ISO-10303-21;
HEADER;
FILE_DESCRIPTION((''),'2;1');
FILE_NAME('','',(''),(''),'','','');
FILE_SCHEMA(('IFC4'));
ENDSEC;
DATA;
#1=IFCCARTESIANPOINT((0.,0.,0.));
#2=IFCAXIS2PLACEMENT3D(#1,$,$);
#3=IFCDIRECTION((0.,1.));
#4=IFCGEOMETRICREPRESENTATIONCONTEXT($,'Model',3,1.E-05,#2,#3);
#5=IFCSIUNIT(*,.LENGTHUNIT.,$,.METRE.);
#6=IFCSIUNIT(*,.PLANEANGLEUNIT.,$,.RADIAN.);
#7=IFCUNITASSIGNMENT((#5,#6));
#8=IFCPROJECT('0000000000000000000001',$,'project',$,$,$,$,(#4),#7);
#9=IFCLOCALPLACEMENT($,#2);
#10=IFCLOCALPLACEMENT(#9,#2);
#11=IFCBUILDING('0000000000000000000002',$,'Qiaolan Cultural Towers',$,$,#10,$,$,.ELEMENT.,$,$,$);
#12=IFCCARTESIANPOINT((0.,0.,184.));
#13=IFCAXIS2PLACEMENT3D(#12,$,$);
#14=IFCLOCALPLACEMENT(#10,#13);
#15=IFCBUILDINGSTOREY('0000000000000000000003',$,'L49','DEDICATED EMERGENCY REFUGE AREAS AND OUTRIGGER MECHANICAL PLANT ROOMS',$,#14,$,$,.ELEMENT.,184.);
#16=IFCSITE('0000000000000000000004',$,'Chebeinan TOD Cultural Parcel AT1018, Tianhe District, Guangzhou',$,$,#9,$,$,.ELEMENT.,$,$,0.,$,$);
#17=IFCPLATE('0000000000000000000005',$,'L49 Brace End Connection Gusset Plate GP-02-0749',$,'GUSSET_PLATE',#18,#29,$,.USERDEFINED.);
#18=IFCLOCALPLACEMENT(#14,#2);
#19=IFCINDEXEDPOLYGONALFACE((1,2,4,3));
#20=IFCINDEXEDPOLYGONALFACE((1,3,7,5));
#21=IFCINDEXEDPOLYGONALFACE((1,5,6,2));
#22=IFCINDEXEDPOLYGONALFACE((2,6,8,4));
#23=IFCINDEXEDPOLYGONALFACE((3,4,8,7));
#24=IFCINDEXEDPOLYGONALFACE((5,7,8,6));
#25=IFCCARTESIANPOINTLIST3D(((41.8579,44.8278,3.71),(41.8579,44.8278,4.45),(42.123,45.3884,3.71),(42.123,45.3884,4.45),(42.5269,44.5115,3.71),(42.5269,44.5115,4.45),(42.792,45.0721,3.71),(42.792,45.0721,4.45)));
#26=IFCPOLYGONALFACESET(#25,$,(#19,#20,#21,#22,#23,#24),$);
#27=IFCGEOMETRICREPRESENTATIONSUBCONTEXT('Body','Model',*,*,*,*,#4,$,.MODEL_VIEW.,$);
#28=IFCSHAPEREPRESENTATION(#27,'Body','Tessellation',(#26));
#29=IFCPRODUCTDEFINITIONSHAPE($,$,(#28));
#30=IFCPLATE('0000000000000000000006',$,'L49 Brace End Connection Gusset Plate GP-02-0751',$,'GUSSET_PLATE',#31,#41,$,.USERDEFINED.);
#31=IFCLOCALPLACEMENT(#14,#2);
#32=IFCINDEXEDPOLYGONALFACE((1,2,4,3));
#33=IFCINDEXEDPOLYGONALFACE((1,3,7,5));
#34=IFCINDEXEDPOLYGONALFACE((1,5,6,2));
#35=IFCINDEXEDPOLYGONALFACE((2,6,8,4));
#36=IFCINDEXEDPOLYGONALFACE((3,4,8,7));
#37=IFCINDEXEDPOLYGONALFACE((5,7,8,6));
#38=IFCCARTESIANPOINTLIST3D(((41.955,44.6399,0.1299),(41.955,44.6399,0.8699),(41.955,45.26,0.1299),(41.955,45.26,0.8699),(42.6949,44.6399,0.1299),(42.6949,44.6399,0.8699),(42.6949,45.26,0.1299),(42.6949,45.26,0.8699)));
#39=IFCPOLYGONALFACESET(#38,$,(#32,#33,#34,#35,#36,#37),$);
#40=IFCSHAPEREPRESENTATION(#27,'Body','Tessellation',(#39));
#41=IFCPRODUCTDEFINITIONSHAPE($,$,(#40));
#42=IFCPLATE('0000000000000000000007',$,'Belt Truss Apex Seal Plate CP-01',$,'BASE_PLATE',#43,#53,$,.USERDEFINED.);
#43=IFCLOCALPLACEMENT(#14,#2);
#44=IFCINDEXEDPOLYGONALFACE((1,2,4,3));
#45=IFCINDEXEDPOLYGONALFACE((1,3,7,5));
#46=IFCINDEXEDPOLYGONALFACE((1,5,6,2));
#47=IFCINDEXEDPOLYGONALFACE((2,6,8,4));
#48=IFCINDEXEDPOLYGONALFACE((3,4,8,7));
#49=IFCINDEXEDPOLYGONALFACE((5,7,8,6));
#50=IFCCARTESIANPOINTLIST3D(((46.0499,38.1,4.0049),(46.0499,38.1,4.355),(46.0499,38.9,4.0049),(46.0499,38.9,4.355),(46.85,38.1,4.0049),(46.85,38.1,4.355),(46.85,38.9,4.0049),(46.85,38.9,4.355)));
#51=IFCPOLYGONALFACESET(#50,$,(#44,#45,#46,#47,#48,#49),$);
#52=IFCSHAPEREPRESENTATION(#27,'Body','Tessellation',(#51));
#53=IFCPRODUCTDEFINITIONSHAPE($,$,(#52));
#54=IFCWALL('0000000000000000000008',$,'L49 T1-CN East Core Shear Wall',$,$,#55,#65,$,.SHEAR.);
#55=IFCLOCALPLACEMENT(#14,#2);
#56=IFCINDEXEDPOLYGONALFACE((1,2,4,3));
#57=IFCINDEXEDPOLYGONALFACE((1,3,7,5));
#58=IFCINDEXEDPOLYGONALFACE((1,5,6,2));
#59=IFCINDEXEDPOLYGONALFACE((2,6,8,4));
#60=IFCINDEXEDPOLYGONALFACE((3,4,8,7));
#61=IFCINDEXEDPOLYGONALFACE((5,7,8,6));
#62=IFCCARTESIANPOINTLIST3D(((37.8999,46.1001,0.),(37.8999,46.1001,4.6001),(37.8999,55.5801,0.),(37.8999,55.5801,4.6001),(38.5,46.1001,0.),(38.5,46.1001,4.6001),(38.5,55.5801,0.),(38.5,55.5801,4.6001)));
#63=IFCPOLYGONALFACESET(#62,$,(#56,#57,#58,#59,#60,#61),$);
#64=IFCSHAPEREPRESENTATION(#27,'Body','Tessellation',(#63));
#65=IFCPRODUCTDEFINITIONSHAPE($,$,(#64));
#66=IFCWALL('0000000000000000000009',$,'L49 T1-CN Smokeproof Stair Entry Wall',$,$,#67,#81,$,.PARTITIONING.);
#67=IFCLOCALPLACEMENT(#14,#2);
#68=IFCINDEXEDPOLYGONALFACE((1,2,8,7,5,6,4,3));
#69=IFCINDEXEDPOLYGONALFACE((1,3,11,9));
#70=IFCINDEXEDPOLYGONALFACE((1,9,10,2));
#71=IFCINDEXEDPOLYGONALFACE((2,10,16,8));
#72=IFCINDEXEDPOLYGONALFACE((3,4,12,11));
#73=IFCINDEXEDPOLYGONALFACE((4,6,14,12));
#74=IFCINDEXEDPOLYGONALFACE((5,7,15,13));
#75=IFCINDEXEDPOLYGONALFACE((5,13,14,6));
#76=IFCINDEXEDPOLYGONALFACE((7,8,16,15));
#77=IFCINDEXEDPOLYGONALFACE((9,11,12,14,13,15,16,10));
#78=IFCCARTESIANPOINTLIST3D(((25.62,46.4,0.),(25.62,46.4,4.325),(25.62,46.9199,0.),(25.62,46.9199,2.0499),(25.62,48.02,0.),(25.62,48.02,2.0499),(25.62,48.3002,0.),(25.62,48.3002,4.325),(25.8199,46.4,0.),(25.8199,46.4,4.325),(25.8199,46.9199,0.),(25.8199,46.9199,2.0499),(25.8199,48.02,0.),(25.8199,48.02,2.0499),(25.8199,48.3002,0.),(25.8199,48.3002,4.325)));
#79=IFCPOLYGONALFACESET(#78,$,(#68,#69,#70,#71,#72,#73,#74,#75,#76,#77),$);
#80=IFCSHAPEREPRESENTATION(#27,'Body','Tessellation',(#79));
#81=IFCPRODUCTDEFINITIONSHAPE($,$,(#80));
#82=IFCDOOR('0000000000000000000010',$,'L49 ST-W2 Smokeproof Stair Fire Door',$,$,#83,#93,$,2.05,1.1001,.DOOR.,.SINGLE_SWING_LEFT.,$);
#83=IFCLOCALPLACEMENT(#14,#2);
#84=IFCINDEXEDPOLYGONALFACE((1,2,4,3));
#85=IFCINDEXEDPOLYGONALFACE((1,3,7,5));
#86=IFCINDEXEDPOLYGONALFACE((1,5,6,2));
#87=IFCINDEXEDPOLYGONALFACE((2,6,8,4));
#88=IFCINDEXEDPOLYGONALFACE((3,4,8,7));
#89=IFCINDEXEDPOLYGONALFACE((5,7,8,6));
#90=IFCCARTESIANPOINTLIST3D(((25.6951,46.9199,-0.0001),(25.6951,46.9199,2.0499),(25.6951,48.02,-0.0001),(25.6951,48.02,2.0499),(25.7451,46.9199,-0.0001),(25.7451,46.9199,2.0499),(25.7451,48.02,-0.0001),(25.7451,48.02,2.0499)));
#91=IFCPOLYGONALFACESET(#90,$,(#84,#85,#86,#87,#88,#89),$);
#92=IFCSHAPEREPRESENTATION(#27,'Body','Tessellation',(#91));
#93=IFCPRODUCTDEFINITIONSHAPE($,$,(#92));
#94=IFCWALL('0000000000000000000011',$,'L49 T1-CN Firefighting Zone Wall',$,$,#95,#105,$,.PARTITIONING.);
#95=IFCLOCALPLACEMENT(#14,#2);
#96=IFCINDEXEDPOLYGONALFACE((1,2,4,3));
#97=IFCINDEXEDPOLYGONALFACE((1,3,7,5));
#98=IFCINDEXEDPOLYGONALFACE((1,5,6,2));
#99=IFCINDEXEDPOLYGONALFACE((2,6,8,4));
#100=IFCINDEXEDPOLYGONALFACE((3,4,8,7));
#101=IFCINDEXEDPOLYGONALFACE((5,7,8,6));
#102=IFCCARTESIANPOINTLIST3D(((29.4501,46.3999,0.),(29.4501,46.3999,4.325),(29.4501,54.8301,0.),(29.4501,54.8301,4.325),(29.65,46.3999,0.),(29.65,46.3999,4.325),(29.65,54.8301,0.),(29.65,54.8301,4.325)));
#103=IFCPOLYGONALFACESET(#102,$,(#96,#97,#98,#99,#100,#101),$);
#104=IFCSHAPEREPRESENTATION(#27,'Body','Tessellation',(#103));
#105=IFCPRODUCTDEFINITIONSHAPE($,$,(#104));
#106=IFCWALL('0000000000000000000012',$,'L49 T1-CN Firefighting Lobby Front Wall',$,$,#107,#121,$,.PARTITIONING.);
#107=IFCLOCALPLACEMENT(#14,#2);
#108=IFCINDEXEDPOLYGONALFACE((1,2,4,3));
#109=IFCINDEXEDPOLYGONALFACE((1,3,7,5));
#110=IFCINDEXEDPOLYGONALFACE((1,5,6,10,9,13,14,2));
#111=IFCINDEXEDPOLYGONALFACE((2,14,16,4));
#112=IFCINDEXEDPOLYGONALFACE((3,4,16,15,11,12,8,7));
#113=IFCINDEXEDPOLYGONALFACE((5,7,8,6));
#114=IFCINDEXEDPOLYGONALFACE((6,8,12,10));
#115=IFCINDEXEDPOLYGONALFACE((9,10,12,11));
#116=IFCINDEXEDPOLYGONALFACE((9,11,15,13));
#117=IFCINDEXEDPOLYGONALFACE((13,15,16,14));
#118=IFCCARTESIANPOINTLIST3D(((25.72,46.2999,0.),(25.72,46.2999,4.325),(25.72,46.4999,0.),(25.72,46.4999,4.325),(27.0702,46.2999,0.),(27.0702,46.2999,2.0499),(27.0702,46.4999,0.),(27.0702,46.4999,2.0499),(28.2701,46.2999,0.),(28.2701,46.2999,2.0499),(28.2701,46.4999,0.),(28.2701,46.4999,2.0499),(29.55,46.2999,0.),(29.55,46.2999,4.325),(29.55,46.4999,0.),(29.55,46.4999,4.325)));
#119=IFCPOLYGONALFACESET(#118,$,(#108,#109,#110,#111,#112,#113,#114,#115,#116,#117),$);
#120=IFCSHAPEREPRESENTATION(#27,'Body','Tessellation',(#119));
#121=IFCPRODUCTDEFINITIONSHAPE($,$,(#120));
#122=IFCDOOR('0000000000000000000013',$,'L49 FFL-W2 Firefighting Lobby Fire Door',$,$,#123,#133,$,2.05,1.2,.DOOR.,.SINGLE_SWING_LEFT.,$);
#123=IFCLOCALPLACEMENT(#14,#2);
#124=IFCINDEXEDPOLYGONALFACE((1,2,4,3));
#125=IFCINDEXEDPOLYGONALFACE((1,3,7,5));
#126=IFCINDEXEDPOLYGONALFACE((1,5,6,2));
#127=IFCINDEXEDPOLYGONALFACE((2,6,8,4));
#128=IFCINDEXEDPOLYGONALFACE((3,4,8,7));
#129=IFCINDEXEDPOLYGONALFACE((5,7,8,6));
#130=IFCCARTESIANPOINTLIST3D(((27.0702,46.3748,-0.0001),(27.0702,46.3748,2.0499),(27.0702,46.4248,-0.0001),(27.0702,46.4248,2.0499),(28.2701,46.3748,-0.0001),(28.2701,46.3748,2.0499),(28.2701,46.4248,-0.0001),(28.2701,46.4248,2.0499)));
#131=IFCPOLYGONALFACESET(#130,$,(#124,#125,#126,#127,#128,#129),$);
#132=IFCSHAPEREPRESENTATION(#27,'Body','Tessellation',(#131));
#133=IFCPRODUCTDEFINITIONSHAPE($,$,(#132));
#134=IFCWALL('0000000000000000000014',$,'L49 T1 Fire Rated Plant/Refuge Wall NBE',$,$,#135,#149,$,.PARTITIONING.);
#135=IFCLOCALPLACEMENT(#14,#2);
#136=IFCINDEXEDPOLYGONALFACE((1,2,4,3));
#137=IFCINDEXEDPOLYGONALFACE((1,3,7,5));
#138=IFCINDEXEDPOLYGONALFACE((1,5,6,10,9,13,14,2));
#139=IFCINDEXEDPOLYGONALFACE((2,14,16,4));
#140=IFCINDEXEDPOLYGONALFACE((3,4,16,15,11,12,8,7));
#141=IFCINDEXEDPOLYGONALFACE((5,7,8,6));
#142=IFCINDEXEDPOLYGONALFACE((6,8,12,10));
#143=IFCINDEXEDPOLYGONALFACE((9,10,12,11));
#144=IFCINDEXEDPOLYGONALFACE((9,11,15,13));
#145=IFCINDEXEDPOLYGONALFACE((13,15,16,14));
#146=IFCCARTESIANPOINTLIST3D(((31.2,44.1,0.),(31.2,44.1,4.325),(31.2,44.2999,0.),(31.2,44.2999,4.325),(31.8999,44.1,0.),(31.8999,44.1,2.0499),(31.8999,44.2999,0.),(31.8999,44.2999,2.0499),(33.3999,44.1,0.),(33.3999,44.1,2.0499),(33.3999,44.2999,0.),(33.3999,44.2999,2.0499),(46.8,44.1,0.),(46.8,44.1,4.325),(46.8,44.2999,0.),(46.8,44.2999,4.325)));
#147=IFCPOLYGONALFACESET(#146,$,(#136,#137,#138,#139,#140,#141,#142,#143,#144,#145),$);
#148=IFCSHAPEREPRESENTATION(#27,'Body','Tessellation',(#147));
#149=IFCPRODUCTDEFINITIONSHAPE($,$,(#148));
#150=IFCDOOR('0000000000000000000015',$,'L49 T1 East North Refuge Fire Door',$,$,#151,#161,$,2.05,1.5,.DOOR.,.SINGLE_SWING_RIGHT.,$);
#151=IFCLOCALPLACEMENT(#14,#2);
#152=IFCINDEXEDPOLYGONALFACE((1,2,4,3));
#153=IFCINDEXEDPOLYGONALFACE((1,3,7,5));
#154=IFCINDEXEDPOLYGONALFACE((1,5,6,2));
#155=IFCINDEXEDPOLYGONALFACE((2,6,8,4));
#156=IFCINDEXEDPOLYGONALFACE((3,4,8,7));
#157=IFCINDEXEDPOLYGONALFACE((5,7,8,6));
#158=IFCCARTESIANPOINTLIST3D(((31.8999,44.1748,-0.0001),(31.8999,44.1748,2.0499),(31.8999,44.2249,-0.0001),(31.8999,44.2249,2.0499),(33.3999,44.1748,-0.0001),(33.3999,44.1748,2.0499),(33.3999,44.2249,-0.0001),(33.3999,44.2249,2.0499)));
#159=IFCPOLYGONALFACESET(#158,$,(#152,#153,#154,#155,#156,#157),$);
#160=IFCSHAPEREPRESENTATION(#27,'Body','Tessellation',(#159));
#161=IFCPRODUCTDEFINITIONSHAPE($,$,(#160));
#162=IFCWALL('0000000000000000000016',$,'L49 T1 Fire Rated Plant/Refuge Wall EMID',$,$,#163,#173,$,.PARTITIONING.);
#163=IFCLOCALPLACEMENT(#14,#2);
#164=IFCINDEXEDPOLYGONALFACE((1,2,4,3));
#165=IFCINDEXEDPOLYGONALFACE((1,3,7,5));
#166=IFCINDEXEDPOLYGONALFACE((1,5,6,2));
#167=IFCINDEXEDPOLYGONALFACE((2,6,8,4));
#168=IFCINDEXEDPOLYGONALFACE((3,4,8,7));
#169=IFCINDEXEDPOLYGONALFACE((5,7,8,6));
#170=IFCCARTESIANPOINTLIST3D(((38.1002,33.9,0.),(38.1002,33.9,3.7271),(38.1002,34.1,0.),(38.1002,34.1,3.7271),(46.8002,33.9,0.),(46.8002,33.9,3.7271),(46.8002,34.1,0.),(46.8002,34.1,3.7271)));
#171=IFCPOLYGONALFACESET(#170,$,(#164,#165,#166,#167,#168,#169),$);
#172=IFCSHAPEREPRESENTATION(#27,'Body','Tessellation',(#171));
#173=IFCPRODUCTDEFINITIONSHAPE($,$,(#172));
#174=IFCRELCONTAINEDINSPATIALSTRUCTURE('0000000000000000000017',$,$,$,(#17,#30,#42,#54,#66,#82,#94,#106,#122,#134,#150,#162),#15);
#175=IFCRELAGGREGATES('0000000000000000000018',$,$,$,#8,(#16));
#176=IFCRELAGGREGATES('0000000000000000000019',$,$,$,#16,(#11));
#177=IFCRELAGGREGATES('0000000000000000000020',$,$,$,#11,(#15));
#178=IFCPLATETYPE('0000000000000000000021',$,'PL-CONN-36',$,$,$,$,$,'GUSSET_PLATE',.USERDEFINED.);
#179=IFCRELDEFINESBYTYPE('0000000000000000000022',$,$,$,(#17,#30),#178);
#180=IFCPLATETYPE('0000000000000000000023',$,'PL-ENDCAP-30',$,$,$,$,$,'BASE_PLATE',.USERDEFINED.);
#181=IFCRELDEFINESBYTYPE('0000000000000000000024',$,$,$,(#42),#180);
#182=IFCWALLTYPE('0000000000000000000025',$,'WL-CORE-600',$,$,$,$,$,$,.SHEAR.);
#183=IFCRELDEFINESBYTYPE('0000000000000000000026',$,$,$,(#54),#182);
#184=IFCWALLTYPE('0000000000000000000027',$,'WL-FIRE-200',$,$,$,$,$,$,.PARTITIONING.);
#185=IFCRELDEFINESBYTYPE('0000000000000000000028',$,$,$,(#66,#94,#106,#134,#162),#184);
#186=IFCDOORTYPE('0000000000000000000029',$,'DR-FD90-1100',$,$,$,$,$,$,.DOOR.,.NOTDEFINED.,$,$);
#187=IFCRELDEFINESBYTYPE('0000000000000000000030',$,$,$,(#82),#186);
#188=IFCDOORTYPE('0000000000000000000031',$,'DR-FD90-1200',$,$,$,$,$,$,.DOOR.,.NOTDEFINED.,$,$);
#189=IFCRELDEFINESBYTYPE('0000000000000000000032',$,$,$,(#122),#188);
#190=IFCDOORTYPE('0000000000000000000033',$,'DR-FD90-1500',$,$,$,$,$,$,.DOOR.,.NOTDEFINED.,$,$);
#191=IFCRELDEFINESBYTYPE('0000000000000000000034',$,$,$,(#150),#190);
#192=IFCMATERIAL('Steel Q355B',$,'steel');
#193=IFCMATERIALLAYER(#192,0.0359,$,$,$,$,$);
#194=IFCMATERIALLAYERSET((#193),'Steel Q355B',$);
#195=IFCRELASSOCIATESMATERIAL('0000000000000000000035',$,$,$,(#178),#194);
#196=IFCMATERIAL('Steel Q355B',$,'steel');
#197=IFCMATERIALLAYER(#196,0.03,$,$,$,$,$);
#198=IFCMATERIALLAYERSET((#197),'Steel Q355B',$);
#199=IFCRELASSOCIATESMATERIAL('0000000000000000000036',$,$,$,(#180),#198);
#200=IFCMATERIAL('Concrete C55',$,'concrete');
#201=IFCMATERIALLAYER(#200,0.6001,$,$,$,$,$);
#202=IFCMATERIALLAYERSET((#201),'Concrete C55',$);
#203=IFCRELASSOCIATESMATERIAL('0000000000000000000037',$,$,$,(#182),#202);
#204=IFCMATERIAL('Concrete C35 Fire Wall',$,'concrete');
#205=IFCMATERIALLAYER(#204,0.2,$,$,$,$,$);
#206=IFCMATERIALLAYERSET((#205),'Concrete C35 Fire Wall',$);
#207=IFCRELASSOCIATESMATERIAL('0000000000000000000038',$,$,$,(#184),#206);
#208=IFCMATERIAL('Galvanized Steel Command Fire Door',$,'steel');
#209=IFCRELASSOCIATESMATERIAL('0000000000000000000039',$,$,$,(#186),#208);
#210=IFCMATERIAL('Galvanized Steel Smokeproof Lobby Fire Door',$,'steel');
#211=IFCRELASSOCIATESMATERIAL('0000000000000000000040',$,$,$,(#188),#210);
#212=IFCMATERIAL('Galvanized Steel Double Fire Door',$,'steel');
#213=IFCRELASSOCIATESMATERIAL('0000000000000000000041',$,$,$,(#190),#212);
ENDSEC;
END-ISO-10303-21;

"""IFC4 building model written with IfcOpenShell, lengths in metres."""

from ifc_helpers import new_model, si_unit, direction, frame, frame_2d, origin, origin_2d, place, context, subcontext, project, spatial, rectangle, extrude, material, layer, layer_set, type_object, element, fill, save


model = new_model("IFC4")

# Units and contexts
model_context = context("Model", 3, precision=1e-05, world=origin(), true_north=direction((0.0, 1.0)))
body_context = subcontext(model_context, "Body", "Model", "MODEL_VIEW")
ifc_project = project(units=[si_unit("LENGTHUNIT", "METRE"), si_unit("PLANEANGLEUNIT", "RADIAN")], contexts=[model_context])

# Site, building, storey
site_placement = place(None, origin())
site = spatial("IfcSite", under=ifc_project, at=site_placement, Name="Chebeinan TOD Cultural Parcel AT1018, Tianhe District, Guangzhou", CompositionType="ELEMENT", RefElevation=0.0)
building_placement = place(site_placement, origin())
building = spatial("IfcBuilding", under=site, at=building_placement, Name="Qiaolan Cultural Towers", CompositionType="ELEMENT")
storey_placement = place(building_placement, frame((0.0, 0.0, 184.0)))
storey = spatial("IfcBuildingStorey", under=building, at=storey_placement, Name="L49", Description="DEDICATED EMERGENCY REFUGE AREAS AND OUTRIGGER MECHANICAL PLANT ROOMS", CompositionType="ELEMENT", Elevation=184.0)

# Plates
ifc_material_1 = material(Name="Steel Q355B", Category="steel")
ifc_layer_1 = layer(ifc_material_1, 0.0359)
ifc_layer_set_1 = layer_set([ifc_layer_1], Name="Steel Q355B")
plate_type_1 = type_object("IfcPlateType", Name="PL-CONN-36", ElementType="GUSSET_PLATE", PredefinedType="USERDEFINED", material=ifc_layer_set_1)
for number, where, z_axis, x_axis, name in (
    (1, (42.325, 44.95, 3.71), (0.0, 0.0, 1.0), (-0.904072, 0.42738, 0.0), "L49 Brace End Connection Gusset Plate GP-02-0749"),
    (2, (42.325, 44.95, 0.1299), (0.0, 0.0, 1.0), (1.0, 0.0, 0.0), "L49 Brace End Connection Gusset Plate GP-02-0751"),
):
    element("IfcPlate", number, at=place(storey_placement, frame(where, z_axis=z_axis, x_axis=x_axis)), inside=storey, type_object=plate_type_1, Name=name, ObjectType="GUSSET_PLATE", PredefinedType="USERDEFINED", context=body_context, shape_type="SweptSolid", body=[
        extrude(rectangle(XDim=0.74, YDim=0.6201, at=origin_2d()), origin(), (0.0, 0.0, 1.0), 0.74),
    ])
ifc_material_2 = material(Name="Steel Q355B", Category="steel")
ifc_layer_2 = layer(ifc_material_2, 0.03)
ifc_layer_set_2 = layer_set([ifc_layer_2], Name="Steel Q355B")
plate_type_2 = type_object("IfcPlateType", Name="PL-ENDCAP-30", ElementType="BASE_PLATE", PredefinedType="USERDEFINED", material=ifc_layer_set_2)
plate_placement = place(storey_placement, frame((46.45, 38.5, 4.0049), z_axis=(0.0, 0.0, 1.0), x_axis=(1.0, 0.0, 0.0)))
element("IfcPlate", 3, at=plate_placement, inside=storey, type_object=plate_type_2, Name="Belt Truss Apex Seal Plate CP-01", ObjectType="BASE_PLATE", PredefinedType="USERDEFINED", context=body_context, shape_type="SweptSolid", body=[
    extrude(rectangle(XDim=0.8, YDim=0.8, at=origin_2d()), origin(), (0.0, 0.0, 1.0), 0.3501),
])

# Wall
ifc_material_3 = material(Name="Concrete C55", Category="concrete")
ifc_layer_3 = layer(ifc_material_3, 0.6001)
ifc_layer_set_3 = layer_set([ifc_layer_3], Name="Concrete C55")
wall_type_1 = type_object("IfcWallType", Name="WL-CORE-600", PredefinedType="SHEAR", material=ifc_layer_set_3)
wall_1_placement = place(storey_placement, frame((38.2, 46.1001, 0.0), z_axis=(0.0, 0.0, 1.0), x_axis=(0.0, 1.0, 0.0)))
element("IfcWall", 4, at=wall_1_placement, inside=storey, type_object=wall_type_1, Name="L49 T1-CN East Core Shear Wall", PredefinedType="SHEAR", context=body_context, shape_type="SweptSolid", body=[
    extrude(rectangle(XDim=9.48, YDim=0.6001, at=frame_2d((4.74, 0.0))), origin(), (0.0, 0.0, 1.0), 4.6001),
])

# Wall, opening, door
ifc_material_4 = material(Name="Concrete C35 Fire Wall", Category="concrete")
ifc_layer_4 = layer(ifc_material_4, 0.2)
ifc_layer_set_4 = layer_set([ifc_layer_4], Name="Concrete C35 Fire Wall")
wall_type_2 = type_object("IfcWallType", Name="WL-FIRE-200", PredefinedType="PARTITIONING", material=ifc_layer_set_4)
wall_2_placement = place(storey_placement, frame((25.72, 46.3999, 0.0), z_axis=(0.0, 0.0, 1.0), x_axis=(0.0, 1.0, 0.0)))
wall_2 = element("IfcWall", 5, at=wall_2_placement, inside=storey, type_object=wall_type_2, Name="L49 T1-CN Smokeproof Stair Entry Wall", PredefinedType="PARTITIONING", context=body_context, shape_type="SweptSolid", body=[
    extrude(rectangle(XDim=1.9001, YDim=0.2, at=frame_2d((0.9502, 0.0))), origin(), (0.0, 0.0, 1.0), 4.325),
])
opening_1_placement = place(wall_2_placement, frame((0.52, 0.0, 0.0)))
opening_1 = element("IfcOpeningElement", 6, at=opening_1_placement, cuts=wall_2, PredefinedType="OPENING", context=body_context, shape_type="SweptSolid", body=[
    extrude(rectangle(XDim=1.1001, YDim=2.05, at=frame_2d((0.55, 1.0249))), frame((0.0, 0.1099, 0.0), z_axis=(0.0, -1.0, 0.0), x_axis=(1.0, 0.0, 0.0)), (0.0, 0.0, 1.0), 0.22),
])
ifc_material_5 = material(Name="Galvanized Steel Command Fire Door", Category="steel")
door_type_1 = type_object("IfcDoorType", Name="DR-FD90-1100", OperationType="NOTDEFINED", PredefinedType="DOOR", material=ifc_material_5)
door_1_placement = place(opening_1_placement, origin())
door_1 = element("IfcDoor", 7, at=door_1_placement, inside=storey, type_object=door_type_1, Name="L49 ST-W2 Smokeproof Stair Fire Door", OperationType="SINGLE_SWING_LEFT", OverallHeight=2.05, OverallWidth=1.1001, PredefinedType="DOOR", context=body_context, shape_type="SweptSolid", body=[
    extrude(rectangle(XDim=1.1001, YDim=2.05, at=frame_2d((0.55, 1.0249))), frame((0.0, 0.0249, 0.0), z_axis=(0.0, -1.0, 0.0), x_axis=(1.0, 0.0, 0.0)), (0.0, 0.0, 1.0), 0.05),
])
fill(opening_1, door_1)

# Wall
wall_3_placement = place(storey_placement, frame((29.55, 46.3999, 0.0), z_axis=(0.0, 0.0, 1.0), x_axis=(0.0, 1.0, 0.0)))
element("IfcWall", 8, at=wall_3_placement, inside=storey, type_object=wall_type_2, Name="L49 T1-CN Firefighting Zone Wall", PredefinedType="PARTITIONING", context=body_context, shape_type="SweptSolid", body=[
    extrude(rectangle(XDim=8.4302, YDim=0.2, at=frame_2d((4.2151, 0.0))), origin(), (0.0, 0.0, 1.0), 4.325),
])

# Walls, openings, doors
wall_4_placement = place(storey_placement, frame((25.72, 46.3999, 0.0), z_axis=(0.0, 0.0, 1.0), x_axis=(1.0, 0.0, 0.0)))
wall_4 = element("IfcWall", 9, at=wall_4_placement, inside=storey, type_object=wall_type_2, Name="L49 T1-CN Firefighting Lobby Front Wall", PredefinedType="PARTITIONING", context=body_context, shape_type="SweptSolid", body=[
    extrude(rectangle(XDim=3.8301, YDim=0.2, at=frame_2d((1.915, 0.0))), origin(), (0.0, 0.0, 1.0), 4.325),
])
opening_2_placement = place(wall_4_placement, frame((1.3501, 0.0, 0.0)))
opening_2 = element("IfcOpeningElement", 10, at=opening_2_placement, cuts=wall_4, PredefinedType="OPENING", context=body_context, shape_type="SweptSolid", body=[
    extrude(rectangle(XDim=1.2, YDim=2.05, at=frame_2d((0.6001, 1.0249))), frame((0.0, 0.1099, 0.0), z_axis=(0.0, -1.0, 0.0), x_axis=(1.0, 0.0, 0.0)), (0.0, 0.0, 1.0), 0.22),
])
ifc_material_6 = material(Name="Galvanized Steel Smokeproof Lobby Fire Door", Category="steel")
door_type_2 = type_object("IfcDoorType", Name="DR-FD90-1200", OperationType="NOTDEFINED", PredefinedType="DOOR", material=ifc_material_6)
door_2_placement = place(opening_2_placement, origin())
door_2 = element("IfcDoor", 11, at=door_2_placement, inside=storey, type_object=door_type_2, Name="L49 FFL-W2 Firefighting Lobby Fire Door", OperationType="SINGLE_SWING_LEFT", OverallHeight=2.05, OverallWidth=1.2, PredefinedType="DOOR", context=body_context, shape_type="SweptSolid", body=[
    extrude(rectangle(XDim=1.2, YDim=2.05, at=frame_2d((0.6001, 1.0249))), frame((0.0, 0.0249, 0.0), z_axis=(0.0, -1.0, 0.0), x_axis=(1.0, 0.0, 0.0)), (0.0, 0.0, 1.0), 0.05),
])
fill(opening_2, door_2)
wall_5_placement = place(storey_placement, frame((31.2, 44.2, 0.0), z_axis=(0.0, 0.0, 1.0), x_axis=(1.0, 0.0, 0.0)))
wall_5 = element("IfcWall", 12, at=wall_5_placement, inside=storey, type_object=wall_type_2, Name="L49 T1 Fire Rated Plant/Refuge Wall NBE", PredefinedType="PARTITIONING", context=body_context, shape_type="SweptSolid", body=[
    extrude(rectangle(XDim=15.6001, YDim=0.2, at=frame_2d((7.8, 0.0))), origin(), (0.0, 0.0, 1.0), 4.325),
])
opening_3_placement = place(wall_5_placement, frame((0.7, 0.0, 0.0)))
opening_3 = element("IfcOpeningElement", 13, at=opening_3_placement, cuts=wall_5, PredefinedType="OPENING", context=body_context, shape_type="SweptSolid", body=[
    extrude(rectangle(XDim=1.5, YDim=2.05, at=frame_2d((0.75, 1.0249))), frame((0.0, 0.1099, 0.0), z_axis=(0.0, -1.0, 0.0), x_axis=(1.0, 0.0, 0.0)), (0.0, 0.0, 1.0), 0.22),
])
ifc_material_7 = material(Name="Galvanized Steel Double Fire Door", Category="steel")
door_type_3 = type_object("IfcDoorType", Name="DR-FD90-1500", OperationType="NOTDEFINED", PredefinedType="DOOR", material=ifc_material_7)
door_3_placement = place(opening_3_placement, origin())
door_3 = element("IfcDoor", 14, at=door_3_placement, inside=storey, type_object=door_type_3, Name="L49 T1 East North Refuge Fire Door", OperationType="SINGLE_SWING_RIGHT", OverallHeight=2.05, OverallWidth=1.5, PredefinedType="DOOR", context=body_context, shape_type="SweptSolid", body=[
    extrude(rectangle(XDim=1.5, YDim=2.05, at=frame_2d((0.75, 1.0249))), frame((0.0, 0.0249, 0.0), z_axis=(0.0, -1.0, 0.0), x_axis=(1.0, 0.0, 0.0)), (0.0, 0.0, 1.0), 0.05),
])
fill(opening_3, door_3)

# Wall
wall_6_placement = place(storey_placement, frame((38.1001, 34.0, 0.0), z_axis=(0.0, 0.0, 1.0), x_axis=(1.0, 0.0, 0.0)))
element("IfcWall", 15, at=wall_6_placement, inside=storey, type_object=wall_type_2, Name="L49 T1 Fire Rated Plant/Refuge Wall EMID", PredefinedType="PARTITIONING", context=body_context, shape_type="SweptSolid", body=[
    extrude(rectangle(XDim=8.7, YDim=0.2, at=frame_2d((4.3501, 0.0))), origin(), (0.0, 0.0, 1.0), 3.7271),
])

save(model, "model.ifc")
